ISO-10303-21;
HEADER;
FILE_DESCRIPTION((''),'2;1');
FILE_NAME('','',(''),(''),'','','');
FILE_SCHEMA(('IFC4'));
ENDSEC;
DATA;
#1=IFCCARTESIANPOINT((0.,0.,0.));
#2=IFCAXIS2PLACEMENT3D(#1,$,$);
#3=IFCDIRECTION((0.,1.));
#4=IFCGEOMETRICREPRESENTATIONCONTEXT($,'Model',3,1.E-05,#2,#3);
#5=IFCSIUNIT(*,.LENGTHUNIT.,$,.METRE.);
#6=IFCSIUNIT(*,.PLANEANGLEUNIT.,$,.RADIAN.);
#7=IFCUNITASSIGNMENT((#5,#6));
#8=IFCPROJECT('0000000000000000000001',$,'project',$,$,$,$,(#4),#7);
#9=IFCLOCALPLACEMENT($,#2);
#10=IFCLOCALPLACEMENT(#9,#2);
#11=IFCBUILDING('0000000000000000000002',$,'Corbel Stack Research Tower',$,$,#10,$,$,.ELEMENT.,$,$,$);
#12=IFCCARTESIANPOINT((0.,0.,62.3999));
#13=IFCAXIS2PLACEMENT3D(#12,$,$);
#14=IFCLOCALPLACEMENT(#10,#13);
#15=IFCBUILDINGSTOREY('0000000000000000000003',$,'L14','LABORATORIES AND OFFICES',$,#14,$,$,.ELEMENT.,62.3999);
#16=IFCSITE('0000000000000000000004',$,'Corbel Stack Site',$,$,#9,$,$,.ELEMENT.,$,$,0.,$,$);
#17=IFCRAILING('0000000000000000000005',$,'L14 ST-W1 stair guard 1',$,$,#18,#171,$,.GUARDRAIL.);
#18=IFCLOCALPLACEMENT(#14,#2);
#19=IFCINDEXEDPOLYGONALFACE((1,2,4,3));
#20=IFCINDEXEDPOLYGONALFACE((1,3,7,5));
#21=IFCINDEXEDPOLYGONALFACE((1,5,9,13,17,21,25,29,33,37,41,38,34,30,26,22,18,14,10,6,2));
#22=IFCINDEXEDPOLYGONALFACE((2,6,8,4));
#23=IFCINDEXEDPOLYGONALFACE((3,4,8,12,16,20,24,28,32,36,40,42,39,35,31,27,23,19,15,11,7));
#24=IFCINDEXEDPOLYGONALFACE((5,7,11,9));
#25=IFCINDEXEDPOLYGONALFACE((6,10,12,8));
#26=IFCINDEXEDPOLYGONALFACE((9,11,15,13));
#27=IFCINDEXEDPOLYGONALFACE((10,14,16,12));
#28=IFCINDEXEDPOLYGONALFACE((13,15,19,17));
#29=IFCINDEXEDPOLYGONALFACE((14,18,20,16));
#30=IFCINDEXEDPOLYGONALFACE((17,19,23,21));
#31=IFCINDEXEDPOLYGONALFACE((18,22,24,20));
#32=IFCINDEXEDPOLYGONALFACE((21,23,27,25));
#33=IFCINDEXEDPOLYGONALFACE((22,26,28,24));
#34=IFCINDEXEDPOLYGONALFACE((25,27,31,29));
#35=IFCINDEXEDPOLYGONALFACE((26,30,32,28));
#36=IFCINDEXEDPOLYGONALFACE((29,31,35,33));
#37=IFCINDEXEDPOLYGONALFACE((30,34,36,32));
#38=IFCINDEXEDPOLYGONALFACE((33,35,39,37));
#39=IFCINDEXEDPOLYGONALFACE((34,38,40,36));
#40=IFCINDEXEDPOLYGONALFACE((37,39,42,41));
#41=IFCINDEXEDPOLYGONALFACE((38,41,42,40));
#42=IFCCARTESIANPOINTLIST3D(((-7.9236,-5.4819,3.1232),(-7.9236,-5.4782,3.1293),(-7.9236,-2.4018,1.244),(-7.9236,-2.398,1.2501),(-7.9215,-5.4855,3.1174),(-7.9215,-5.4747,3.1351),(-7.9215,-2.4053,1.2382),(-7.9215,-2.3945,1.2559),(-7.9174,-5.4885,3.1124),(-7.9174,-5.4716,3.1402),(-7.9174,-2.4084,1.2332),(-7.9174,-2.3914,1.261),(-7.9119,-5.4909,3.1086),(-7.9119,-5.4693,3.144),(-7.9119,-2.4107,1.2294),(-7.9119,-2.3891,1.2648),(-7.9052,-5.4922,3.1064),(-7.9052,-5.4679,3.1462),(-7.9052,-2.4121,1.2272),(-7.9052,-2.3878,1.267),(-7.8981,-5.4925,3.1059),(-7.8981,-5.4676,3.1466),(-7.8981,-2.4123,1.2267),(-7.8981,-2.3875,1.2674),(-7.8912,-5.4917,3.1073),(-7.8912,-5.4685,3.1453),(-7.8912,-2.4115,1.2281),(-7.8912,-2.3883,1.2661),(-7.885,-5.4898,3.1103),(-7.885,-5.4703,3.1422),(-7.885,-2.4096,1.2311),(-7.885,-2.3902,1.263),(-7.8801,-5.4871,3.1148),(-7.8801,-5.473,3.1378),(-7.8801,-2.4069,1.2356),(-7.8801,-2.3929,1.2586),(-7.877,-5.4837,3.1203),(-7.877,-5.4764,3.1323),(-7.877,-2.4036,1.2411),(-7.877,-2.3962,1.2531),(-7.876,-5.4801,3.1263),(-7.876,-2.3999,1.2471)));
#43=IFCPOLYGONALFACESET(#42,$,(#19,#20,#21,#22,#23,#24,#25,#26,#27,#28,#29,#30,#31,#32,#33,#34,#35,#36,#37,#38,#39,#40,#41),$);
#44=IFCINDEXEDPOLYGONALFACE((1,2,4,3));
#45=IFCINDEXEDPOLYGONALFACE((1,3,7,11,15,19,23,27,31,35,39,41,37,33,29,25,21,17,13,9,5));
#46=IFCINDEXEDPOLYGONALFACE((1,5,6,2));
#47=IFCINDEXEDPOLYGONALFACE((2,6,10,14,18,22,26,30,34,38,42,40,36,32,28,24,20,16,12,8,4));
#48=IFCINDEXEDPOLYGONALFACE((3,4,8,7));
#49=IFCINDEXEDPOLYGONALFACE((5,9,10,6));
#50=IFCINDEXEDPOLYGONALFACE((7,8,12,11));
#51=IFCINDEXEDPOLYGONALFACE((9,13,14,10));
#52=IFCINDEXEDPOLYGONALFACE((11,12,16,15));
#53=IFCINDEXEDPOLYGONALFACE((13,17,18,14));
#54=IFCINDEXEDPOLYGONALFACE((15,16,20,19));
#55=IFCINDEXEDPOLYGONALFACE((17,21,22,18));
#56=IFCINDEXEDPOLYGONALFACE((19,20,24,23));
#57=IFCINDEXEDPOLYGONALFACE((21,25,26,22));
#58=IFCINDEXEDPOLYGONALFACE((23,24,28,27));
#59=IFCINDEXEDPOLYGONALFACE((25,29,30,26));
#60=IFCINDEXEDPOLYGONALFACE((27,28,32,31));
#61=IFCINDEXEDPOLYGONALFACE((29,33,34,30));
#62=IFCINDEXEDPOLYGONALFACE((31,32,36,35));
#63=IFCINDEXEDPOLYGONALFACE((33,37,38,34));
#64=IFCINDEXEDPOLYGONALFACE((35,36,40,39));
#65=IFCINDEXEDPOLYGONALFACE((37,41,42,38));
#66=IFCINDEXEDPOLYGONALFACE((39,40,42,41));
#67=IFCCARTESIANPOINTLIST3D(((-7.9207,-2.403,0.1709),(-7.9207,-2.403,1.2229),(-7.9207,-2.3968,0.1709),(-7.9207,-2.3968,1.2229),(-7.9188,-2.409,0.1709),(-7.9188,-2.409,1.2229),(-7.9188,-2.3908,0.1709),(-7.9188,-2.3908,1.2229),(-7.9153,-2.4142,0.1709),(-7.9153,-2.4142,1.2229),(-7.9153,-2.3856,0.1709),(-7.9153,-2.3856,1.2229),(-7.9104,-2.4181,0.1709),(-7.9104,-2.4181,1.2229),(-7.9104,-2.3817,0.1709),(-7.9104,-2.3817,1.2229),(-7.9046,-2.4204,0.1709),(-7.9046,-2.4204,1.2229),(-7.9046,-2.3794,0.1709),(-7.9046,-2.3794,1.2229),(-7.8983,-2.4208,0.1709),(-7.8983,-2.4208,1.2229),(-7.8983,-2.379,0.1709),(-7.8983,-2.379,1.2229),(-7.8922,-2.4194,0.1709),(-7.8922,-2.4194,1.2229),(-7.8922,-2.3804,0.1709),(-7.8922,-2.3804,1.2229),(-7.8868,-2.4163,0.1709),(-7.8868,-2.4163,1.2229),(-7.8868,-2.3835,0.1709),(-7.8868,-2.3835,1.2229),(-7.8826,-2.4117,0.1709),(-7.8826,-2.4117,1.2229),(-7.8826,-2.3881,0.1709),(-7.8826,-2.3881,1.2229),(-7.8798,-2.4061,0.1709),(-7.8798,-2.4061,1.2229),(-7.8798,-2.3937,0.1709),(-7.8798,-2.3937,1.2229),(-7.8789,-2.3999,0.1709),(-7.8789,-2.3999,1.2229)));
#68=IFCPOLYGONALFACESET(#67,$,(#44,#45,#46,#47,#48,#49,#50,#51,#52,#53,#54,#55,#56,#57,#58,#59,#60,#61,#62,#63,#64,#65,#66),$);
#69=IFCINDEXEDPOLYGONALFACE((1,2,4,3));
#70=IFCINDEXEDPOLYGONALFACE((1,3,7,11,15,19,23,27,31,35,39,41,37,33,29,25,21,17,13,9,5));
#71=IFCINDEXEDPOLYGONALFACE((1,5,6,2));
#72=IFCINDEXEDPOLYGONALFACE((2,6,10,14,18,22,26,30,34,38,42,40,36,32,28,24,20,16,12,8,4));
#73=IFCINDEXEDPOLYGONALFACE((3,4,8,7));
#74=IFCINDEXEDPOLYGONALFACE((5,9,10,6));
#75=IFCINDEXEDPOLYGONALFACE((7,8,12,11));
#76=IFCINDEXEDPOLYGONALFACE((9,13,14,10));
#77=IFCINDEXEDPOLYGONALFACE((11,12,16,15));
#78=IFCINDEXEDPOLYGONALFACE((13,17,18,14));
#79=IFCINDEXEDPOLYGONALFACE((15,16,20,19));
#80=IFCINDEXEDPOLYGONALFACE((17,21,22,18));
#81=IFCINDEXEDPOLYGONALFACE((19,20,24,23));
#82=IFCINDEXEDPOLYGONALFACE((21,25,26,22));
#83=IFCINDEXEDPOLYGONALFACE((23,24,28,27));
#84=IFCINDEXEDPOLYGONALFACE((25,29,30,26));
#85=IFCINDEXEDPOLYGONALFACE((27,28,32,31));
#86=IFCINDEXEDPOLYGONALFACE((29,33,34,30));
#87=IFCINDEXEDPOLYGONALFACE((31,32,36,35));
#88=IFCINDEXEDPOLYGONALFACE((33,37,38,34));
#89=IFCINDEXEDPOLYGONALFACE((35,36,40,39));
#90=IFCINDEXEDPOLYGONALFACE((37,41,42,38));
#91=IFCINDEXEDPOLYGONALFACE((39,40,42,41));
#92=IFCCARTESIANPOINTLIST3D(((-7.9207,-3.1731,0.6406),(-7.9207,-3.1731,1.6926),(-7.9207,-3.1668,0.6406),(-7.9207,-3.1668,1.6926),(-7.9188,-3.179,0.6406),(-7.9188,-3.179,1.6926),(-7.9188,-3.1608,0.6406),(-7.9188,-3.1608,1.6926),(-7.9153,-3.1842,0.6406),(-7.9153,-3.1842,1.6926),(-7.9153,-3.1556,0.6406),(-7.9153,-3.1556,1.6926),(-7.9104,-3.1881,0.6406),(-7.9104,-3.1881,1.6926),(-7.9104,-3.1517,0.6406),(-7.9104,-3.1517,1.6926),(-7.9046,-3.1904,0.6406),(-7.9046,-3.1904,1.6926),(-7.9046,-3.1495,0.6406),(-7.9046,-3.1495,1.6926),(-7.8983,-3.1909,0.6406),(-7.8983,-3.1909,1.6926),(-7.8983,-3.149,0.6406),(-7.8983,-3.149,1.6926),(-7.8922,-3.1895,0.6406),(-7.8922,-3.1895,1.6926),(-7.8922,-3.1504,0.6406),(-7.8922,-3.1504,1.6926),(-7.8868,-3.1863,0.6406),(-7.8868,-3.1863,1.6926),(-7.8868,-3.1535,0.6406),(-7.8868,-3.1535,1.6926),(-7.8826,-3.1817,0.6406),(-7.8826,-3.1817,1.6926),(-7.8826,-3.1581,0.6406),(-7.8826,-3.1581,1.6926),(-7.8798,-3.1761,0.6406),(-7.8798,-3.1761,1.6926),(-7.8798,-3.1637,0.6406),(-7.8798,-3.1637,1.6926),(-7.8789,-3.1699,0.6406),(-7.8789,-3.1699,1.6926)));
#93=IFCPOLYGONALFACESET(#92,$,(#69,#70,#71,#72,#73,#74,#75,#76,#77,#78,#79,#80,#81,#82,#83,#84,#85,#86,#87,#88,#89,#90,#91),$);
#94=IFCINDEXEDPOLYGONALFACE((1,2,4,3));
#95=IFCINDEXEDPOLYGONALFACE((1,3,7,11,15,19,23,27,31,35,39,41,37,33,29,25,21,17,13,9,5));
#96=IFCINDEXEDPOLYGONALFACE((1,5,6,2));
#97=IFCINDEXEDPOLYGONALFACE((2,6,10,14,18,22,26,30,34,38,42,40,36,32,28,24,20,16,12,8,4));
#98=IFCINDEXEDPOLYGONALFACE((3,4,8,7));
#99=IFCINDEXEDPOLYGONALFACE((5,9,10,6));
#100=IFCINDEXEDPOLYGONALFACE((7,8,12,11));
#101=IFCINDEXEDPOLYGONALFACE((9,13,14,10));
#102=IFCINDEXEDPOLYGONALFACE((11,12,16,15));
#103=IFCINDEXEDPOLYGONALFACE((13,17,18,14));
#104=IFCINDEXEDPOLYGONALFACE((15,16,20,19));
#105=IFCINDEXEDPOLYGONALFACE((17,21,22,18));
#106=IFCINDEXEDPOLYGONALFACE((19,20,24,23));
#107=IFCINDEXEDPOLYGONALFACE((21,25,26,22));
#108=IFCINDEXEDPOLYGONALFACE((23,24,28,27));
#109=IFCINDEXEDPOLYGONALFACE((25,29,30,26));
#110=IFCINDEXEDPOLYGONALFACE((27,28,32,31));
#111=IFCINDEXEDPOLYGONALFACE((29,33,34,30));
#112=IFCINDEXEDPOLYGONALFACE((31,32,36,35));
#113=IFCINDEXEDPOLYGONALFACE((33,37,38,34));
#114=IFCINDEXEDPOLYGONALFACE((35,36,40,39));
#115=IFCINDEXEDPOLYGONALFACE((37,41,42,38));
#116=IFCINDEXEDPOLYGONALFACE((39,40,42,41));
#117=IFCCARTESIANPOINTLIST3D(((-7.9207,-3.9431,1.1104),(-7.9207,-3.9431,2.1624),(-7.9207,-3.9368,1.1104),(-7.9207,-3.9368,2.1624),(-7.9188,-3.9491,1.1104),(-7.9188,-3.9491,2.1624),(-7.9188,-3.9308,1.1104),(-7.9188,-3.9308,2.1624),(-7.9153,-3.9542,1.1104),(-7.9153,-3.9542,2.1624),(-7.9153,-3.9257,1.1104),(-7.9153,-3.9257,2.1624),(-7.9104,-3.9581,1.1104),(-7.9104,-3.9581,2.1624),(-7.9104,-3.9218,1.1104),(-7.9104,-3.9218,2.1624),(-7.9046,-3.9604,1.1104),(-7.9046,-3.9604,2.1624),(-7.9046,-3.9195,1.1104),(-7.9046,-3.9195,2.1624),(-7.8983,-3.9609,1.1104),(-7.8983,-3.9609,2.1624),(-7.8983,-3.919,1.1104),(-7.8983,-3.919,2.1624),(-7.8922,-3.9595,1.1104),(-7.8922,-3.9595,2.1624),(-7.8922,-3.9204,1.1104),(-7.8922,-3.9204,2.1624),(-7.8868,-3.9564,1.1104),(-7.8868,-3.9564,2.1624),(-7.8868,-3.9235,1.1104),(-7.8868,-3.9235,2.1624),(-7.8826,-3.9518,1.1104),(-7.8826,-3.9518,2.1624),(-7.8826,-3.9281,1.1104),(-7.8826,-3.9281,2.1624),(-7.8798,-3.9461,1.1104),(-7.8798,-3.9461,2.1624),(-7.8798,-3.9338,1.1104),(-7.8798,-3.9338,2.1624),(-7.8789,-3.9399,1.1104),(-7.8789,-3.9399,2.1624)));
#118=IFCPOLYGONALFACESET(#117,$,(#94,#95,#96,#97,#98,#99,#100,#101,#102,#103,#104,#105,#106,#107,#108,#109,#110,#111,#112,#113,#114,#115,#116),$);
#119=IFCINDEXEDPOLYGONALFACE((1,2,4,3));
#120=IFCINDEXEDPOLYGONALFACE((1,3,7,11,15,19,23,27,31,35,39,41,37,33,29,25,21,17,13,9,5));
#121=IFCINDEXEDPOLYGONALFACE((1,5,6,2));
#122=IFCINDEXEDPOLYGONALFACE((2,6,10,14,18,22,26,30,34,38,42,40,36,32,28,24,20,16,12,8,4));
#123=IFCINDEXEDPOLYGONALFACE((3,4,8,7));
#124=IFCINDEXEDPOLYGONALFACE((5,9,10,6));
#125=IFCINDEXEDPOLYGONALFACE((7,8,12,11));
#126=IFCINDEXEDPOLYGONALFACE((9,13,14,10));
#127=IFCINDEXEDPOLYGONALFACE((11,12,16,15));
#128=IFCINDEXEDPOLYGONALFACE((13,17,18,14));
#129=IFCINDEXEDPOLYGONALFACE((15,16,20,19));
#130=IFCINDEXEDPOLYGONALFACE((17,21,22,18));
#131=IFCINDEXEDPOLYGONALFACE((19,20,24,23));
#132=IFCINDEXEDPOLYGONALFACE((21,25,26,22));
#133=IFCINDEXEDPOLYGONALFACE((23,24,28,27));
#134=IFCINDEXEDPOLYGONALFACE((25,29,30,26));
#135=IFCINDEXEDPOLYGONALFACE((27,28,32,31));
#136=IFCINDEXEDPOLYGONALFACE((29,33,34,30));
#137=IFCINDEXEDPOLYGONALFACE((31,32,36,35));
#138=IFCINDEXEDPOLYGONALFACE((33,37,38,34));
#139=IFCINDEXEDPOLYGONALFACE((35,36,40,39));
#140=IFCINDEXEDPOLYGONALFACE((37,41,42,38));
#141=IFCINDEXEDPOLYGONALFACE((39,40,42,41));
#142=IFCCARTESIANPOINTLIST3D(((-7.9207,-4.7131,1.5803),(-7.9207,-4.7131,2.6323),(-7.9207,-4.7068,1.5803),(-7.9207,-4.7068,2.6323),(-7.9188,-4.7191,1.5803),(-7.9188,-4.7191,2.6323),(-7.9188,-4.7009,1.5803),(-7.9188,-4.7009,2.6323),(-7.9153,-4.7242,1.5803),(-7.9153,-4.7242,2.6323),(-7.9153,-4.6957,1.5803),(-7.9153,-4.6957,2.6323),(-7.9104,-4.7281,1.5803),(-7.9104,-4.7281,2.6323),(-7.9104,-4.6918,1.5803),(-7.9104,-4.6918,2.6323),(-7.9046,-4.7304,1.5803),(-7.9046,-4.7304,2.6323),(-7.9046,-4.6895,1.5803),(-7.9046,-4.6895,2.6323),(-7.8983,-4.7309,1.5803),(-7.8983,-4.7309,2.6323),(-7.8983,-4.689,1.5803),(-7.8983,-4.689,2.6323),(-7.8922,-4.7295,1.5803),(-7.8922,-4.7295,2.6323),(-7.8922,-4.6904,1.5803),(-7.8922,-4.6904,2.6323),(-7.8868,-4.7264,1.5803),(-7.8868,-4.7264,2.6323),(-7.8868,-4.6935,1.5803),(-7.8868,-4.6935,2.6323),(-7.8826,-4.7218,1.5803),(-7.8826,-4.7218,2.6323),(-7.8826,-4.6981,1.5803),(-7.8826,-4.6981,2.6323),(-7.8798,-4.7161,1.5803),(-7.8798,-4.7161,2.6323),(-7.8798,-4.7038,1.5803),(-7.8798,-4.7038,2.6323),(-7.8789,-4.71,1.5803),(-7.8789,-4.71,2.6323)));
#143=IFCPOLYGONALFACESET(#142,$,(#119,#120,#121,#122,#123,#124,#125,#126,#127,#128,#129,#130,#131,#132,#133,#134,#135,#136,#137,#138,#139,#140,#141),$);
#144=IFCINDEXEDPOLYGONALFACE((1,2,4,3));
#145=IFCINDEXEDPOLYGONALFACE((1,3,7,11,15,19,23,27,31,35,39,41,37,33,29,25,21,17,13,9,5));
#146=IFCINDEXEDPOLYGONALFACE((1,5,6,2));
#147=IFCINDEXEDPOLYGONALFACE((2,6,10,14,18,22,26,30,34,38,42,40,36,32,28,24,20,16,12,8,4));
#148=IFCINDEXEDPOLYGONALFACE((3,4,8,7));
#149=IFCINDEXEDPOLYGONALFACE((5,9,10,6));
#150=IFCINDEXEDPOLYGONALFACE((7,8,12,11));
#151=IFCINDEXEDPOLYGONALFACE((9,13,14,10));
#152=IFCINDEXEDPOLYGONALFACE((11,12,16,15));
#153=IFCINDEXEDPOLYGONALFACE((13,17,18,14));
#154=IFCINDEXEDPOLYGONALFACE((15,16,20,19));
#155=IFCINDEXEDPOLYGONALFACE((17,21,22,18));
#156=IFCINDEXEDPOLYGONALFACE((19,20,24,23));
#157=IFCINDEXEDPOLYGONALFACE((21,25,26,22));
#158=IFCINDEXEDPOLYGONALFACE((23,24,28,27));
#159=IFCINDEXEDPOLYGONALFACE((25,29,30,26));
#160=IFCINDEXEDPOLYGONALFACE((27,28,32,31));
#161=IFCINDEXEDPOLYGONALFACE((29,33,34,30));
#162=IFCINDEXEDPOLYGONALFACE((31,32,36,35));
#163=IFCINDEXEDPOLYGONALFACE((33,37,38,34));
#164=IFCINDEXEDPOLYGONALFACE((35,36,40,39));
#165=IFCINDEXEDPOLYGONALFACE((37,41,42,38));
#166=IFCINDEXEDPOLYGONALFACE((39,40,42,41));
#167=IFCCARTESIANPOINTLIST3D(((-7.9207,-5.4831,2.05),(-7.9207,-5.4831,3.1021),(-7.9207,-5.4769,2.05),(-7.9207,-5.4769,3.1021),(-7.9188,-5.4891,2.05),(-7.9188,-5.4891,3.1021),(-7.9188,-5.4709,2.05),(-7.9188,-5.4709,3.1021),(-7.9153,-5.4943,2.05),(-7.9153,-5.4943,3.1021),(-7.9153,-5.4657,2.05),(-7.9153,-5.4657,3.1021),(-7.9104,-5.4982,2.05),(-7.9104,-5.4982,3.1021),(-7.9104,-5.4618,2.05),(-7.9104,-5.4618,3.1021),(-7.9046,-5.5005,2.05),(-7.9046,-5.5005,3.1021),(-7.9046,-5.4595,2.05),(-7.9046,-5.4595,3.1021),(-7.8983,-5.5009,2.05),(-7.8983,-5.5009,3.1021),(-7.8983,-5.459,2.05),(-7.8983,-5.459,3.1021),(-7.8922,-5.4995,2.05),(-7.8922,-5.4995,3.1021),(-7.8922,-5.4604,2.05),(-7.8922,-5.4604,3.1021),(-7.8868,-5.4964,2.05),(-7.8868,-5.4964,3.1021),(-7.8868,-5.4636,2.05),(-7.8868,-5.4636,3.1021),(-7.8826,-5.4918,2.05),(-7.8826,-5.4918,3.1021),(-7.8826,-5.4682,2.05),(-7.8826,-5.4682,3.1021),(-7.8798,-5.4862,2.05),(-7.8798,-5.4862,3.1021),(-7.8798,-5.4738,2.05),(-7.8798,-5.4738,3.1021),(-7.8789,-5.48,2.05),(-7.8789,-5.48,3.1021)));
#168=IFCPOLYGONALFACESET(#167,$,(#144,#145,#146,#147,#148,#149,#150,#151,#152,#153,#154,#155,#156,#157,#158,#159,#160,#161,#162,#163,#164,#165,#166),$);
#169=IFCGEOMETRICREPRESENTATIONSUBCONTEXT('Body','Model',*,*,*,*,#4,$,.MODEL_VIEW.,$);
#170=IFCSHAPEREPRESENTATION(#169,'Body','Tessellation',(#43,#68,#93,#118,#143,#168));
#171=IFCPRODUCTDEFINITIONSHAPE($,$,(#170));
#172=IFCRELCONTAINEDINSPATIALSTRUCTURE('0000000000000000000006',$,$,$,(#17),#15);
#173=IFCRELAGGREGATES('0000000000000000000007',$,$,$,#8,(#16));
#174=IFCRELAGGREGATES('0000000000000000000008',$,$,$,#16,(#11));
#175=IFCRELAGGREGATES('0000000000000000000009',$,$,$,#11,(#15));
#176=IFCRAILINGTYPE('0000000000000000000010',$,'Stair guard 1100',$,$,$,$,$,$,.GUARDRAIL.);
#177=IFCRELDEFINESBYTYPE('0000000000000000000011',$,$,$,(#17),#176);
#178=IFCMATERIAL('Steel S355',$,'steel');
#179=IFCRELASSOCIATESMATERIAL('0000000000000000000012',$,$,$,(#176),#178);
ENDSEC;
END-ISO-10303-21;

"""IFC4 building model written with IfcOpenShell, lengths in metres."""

from ifc_helpers import new_model, si_unit, direction, frame, origin, origin_2d, place, context, subcontext, project, spatial, circle, extrude, material, type_object, element, save


model = new_model("IFC4")

# Units and contexts
model_context = context("Model", 3, precision=1e-05, world=origin(), true_north=direction((0.0, 1.0)))
body_context = subcontext(model_context, "Body", "Model", "MODEL_VIEW")
ifc_project = project(units=[si_unit("LENGTHUNIT", "METRE"), si_unit("PLANEANGLEUNIT", "RADIAN")], contexts=[model_context])

# Site, building, storey
site_placement = place(None, origin())
site = spatial("IfcSite", under=ifc_project, at=site_placement, Name="Corbel Stack Site", CompositionType="ELEMENT", RefElevation=0.0)
building_placement = place(site_placement, origin())
building = spatial("IfcBuilding", under=site, at=building_placement, Name="Corbel Stack Research Tower", CompositionType="ELEMENT")
storey_placement = place(building_placement, frame((0.0, 0.0, 62.3999)))
storey = spatial("IfcBuildingStorey", under=building, at=storey_placement, Name="L14", Description="LABORATORIES AND OFFICES", CompositionType="ELEMENT", Elevation=62.3999)

# Railing
ifc_material_1 = material(Name="Steel S355", Category="steel")
railing_type_1 = type_object("IfcRailingType", Name="Stair guard 1100", PredefinedType="GUARDRAIL", material=ifc_material_1)
railing_1_placement = place(storey_placement, frame((-7.8999, -2.3999, 0.1709)))
element("IfcRailing", 1, at=railing_1_placement, inside=storey, type_object=railing_type_1, Name="L14 ST-W1 stair guard 1", PredefinedType="GUARDRAIL", context=body_context, shape_type="SweptSolid", body=[
    extrude(circle(Radius=0.0239, at=origin_2d()), frame((0.0, 0.0, 1.0762), z_axis=(0.0, -0.853666, 0.52082), x_axis=(1.0, 0.0, 0.0)), (0.0, 0.0, 1.0), 3.6082),
    extrude(circle(Radius=0.021, at=origin_2d()), origin(), (0.0, 0.0, 1.0), 1.052),
    extrude(circle(Radius=0.021, at=origin_2d()), frame((0.0, -0.77, 0.4697)), (0.0, 0.0, 1.0), 1.052),
    extrude(circle(Radius=0.021, at=origin_2d()), frame((0.0, -1.54, 0.9395)), (0.0, 0.0, 1.0), 1.052),
    extrude(circle(Radius=0.021, at=origin_2d()), frame((0.0, -2.3101, 1.4094)), (0.0, 0.0, 1.0), 1.052),
    extrude(circle(Radius=0.021, at=origin_2d()), frame((0.0, -3.0801, 1.8792)), (0.0, 0.0, 1.0), 1.052),
])

save(model, "model.ifc")
